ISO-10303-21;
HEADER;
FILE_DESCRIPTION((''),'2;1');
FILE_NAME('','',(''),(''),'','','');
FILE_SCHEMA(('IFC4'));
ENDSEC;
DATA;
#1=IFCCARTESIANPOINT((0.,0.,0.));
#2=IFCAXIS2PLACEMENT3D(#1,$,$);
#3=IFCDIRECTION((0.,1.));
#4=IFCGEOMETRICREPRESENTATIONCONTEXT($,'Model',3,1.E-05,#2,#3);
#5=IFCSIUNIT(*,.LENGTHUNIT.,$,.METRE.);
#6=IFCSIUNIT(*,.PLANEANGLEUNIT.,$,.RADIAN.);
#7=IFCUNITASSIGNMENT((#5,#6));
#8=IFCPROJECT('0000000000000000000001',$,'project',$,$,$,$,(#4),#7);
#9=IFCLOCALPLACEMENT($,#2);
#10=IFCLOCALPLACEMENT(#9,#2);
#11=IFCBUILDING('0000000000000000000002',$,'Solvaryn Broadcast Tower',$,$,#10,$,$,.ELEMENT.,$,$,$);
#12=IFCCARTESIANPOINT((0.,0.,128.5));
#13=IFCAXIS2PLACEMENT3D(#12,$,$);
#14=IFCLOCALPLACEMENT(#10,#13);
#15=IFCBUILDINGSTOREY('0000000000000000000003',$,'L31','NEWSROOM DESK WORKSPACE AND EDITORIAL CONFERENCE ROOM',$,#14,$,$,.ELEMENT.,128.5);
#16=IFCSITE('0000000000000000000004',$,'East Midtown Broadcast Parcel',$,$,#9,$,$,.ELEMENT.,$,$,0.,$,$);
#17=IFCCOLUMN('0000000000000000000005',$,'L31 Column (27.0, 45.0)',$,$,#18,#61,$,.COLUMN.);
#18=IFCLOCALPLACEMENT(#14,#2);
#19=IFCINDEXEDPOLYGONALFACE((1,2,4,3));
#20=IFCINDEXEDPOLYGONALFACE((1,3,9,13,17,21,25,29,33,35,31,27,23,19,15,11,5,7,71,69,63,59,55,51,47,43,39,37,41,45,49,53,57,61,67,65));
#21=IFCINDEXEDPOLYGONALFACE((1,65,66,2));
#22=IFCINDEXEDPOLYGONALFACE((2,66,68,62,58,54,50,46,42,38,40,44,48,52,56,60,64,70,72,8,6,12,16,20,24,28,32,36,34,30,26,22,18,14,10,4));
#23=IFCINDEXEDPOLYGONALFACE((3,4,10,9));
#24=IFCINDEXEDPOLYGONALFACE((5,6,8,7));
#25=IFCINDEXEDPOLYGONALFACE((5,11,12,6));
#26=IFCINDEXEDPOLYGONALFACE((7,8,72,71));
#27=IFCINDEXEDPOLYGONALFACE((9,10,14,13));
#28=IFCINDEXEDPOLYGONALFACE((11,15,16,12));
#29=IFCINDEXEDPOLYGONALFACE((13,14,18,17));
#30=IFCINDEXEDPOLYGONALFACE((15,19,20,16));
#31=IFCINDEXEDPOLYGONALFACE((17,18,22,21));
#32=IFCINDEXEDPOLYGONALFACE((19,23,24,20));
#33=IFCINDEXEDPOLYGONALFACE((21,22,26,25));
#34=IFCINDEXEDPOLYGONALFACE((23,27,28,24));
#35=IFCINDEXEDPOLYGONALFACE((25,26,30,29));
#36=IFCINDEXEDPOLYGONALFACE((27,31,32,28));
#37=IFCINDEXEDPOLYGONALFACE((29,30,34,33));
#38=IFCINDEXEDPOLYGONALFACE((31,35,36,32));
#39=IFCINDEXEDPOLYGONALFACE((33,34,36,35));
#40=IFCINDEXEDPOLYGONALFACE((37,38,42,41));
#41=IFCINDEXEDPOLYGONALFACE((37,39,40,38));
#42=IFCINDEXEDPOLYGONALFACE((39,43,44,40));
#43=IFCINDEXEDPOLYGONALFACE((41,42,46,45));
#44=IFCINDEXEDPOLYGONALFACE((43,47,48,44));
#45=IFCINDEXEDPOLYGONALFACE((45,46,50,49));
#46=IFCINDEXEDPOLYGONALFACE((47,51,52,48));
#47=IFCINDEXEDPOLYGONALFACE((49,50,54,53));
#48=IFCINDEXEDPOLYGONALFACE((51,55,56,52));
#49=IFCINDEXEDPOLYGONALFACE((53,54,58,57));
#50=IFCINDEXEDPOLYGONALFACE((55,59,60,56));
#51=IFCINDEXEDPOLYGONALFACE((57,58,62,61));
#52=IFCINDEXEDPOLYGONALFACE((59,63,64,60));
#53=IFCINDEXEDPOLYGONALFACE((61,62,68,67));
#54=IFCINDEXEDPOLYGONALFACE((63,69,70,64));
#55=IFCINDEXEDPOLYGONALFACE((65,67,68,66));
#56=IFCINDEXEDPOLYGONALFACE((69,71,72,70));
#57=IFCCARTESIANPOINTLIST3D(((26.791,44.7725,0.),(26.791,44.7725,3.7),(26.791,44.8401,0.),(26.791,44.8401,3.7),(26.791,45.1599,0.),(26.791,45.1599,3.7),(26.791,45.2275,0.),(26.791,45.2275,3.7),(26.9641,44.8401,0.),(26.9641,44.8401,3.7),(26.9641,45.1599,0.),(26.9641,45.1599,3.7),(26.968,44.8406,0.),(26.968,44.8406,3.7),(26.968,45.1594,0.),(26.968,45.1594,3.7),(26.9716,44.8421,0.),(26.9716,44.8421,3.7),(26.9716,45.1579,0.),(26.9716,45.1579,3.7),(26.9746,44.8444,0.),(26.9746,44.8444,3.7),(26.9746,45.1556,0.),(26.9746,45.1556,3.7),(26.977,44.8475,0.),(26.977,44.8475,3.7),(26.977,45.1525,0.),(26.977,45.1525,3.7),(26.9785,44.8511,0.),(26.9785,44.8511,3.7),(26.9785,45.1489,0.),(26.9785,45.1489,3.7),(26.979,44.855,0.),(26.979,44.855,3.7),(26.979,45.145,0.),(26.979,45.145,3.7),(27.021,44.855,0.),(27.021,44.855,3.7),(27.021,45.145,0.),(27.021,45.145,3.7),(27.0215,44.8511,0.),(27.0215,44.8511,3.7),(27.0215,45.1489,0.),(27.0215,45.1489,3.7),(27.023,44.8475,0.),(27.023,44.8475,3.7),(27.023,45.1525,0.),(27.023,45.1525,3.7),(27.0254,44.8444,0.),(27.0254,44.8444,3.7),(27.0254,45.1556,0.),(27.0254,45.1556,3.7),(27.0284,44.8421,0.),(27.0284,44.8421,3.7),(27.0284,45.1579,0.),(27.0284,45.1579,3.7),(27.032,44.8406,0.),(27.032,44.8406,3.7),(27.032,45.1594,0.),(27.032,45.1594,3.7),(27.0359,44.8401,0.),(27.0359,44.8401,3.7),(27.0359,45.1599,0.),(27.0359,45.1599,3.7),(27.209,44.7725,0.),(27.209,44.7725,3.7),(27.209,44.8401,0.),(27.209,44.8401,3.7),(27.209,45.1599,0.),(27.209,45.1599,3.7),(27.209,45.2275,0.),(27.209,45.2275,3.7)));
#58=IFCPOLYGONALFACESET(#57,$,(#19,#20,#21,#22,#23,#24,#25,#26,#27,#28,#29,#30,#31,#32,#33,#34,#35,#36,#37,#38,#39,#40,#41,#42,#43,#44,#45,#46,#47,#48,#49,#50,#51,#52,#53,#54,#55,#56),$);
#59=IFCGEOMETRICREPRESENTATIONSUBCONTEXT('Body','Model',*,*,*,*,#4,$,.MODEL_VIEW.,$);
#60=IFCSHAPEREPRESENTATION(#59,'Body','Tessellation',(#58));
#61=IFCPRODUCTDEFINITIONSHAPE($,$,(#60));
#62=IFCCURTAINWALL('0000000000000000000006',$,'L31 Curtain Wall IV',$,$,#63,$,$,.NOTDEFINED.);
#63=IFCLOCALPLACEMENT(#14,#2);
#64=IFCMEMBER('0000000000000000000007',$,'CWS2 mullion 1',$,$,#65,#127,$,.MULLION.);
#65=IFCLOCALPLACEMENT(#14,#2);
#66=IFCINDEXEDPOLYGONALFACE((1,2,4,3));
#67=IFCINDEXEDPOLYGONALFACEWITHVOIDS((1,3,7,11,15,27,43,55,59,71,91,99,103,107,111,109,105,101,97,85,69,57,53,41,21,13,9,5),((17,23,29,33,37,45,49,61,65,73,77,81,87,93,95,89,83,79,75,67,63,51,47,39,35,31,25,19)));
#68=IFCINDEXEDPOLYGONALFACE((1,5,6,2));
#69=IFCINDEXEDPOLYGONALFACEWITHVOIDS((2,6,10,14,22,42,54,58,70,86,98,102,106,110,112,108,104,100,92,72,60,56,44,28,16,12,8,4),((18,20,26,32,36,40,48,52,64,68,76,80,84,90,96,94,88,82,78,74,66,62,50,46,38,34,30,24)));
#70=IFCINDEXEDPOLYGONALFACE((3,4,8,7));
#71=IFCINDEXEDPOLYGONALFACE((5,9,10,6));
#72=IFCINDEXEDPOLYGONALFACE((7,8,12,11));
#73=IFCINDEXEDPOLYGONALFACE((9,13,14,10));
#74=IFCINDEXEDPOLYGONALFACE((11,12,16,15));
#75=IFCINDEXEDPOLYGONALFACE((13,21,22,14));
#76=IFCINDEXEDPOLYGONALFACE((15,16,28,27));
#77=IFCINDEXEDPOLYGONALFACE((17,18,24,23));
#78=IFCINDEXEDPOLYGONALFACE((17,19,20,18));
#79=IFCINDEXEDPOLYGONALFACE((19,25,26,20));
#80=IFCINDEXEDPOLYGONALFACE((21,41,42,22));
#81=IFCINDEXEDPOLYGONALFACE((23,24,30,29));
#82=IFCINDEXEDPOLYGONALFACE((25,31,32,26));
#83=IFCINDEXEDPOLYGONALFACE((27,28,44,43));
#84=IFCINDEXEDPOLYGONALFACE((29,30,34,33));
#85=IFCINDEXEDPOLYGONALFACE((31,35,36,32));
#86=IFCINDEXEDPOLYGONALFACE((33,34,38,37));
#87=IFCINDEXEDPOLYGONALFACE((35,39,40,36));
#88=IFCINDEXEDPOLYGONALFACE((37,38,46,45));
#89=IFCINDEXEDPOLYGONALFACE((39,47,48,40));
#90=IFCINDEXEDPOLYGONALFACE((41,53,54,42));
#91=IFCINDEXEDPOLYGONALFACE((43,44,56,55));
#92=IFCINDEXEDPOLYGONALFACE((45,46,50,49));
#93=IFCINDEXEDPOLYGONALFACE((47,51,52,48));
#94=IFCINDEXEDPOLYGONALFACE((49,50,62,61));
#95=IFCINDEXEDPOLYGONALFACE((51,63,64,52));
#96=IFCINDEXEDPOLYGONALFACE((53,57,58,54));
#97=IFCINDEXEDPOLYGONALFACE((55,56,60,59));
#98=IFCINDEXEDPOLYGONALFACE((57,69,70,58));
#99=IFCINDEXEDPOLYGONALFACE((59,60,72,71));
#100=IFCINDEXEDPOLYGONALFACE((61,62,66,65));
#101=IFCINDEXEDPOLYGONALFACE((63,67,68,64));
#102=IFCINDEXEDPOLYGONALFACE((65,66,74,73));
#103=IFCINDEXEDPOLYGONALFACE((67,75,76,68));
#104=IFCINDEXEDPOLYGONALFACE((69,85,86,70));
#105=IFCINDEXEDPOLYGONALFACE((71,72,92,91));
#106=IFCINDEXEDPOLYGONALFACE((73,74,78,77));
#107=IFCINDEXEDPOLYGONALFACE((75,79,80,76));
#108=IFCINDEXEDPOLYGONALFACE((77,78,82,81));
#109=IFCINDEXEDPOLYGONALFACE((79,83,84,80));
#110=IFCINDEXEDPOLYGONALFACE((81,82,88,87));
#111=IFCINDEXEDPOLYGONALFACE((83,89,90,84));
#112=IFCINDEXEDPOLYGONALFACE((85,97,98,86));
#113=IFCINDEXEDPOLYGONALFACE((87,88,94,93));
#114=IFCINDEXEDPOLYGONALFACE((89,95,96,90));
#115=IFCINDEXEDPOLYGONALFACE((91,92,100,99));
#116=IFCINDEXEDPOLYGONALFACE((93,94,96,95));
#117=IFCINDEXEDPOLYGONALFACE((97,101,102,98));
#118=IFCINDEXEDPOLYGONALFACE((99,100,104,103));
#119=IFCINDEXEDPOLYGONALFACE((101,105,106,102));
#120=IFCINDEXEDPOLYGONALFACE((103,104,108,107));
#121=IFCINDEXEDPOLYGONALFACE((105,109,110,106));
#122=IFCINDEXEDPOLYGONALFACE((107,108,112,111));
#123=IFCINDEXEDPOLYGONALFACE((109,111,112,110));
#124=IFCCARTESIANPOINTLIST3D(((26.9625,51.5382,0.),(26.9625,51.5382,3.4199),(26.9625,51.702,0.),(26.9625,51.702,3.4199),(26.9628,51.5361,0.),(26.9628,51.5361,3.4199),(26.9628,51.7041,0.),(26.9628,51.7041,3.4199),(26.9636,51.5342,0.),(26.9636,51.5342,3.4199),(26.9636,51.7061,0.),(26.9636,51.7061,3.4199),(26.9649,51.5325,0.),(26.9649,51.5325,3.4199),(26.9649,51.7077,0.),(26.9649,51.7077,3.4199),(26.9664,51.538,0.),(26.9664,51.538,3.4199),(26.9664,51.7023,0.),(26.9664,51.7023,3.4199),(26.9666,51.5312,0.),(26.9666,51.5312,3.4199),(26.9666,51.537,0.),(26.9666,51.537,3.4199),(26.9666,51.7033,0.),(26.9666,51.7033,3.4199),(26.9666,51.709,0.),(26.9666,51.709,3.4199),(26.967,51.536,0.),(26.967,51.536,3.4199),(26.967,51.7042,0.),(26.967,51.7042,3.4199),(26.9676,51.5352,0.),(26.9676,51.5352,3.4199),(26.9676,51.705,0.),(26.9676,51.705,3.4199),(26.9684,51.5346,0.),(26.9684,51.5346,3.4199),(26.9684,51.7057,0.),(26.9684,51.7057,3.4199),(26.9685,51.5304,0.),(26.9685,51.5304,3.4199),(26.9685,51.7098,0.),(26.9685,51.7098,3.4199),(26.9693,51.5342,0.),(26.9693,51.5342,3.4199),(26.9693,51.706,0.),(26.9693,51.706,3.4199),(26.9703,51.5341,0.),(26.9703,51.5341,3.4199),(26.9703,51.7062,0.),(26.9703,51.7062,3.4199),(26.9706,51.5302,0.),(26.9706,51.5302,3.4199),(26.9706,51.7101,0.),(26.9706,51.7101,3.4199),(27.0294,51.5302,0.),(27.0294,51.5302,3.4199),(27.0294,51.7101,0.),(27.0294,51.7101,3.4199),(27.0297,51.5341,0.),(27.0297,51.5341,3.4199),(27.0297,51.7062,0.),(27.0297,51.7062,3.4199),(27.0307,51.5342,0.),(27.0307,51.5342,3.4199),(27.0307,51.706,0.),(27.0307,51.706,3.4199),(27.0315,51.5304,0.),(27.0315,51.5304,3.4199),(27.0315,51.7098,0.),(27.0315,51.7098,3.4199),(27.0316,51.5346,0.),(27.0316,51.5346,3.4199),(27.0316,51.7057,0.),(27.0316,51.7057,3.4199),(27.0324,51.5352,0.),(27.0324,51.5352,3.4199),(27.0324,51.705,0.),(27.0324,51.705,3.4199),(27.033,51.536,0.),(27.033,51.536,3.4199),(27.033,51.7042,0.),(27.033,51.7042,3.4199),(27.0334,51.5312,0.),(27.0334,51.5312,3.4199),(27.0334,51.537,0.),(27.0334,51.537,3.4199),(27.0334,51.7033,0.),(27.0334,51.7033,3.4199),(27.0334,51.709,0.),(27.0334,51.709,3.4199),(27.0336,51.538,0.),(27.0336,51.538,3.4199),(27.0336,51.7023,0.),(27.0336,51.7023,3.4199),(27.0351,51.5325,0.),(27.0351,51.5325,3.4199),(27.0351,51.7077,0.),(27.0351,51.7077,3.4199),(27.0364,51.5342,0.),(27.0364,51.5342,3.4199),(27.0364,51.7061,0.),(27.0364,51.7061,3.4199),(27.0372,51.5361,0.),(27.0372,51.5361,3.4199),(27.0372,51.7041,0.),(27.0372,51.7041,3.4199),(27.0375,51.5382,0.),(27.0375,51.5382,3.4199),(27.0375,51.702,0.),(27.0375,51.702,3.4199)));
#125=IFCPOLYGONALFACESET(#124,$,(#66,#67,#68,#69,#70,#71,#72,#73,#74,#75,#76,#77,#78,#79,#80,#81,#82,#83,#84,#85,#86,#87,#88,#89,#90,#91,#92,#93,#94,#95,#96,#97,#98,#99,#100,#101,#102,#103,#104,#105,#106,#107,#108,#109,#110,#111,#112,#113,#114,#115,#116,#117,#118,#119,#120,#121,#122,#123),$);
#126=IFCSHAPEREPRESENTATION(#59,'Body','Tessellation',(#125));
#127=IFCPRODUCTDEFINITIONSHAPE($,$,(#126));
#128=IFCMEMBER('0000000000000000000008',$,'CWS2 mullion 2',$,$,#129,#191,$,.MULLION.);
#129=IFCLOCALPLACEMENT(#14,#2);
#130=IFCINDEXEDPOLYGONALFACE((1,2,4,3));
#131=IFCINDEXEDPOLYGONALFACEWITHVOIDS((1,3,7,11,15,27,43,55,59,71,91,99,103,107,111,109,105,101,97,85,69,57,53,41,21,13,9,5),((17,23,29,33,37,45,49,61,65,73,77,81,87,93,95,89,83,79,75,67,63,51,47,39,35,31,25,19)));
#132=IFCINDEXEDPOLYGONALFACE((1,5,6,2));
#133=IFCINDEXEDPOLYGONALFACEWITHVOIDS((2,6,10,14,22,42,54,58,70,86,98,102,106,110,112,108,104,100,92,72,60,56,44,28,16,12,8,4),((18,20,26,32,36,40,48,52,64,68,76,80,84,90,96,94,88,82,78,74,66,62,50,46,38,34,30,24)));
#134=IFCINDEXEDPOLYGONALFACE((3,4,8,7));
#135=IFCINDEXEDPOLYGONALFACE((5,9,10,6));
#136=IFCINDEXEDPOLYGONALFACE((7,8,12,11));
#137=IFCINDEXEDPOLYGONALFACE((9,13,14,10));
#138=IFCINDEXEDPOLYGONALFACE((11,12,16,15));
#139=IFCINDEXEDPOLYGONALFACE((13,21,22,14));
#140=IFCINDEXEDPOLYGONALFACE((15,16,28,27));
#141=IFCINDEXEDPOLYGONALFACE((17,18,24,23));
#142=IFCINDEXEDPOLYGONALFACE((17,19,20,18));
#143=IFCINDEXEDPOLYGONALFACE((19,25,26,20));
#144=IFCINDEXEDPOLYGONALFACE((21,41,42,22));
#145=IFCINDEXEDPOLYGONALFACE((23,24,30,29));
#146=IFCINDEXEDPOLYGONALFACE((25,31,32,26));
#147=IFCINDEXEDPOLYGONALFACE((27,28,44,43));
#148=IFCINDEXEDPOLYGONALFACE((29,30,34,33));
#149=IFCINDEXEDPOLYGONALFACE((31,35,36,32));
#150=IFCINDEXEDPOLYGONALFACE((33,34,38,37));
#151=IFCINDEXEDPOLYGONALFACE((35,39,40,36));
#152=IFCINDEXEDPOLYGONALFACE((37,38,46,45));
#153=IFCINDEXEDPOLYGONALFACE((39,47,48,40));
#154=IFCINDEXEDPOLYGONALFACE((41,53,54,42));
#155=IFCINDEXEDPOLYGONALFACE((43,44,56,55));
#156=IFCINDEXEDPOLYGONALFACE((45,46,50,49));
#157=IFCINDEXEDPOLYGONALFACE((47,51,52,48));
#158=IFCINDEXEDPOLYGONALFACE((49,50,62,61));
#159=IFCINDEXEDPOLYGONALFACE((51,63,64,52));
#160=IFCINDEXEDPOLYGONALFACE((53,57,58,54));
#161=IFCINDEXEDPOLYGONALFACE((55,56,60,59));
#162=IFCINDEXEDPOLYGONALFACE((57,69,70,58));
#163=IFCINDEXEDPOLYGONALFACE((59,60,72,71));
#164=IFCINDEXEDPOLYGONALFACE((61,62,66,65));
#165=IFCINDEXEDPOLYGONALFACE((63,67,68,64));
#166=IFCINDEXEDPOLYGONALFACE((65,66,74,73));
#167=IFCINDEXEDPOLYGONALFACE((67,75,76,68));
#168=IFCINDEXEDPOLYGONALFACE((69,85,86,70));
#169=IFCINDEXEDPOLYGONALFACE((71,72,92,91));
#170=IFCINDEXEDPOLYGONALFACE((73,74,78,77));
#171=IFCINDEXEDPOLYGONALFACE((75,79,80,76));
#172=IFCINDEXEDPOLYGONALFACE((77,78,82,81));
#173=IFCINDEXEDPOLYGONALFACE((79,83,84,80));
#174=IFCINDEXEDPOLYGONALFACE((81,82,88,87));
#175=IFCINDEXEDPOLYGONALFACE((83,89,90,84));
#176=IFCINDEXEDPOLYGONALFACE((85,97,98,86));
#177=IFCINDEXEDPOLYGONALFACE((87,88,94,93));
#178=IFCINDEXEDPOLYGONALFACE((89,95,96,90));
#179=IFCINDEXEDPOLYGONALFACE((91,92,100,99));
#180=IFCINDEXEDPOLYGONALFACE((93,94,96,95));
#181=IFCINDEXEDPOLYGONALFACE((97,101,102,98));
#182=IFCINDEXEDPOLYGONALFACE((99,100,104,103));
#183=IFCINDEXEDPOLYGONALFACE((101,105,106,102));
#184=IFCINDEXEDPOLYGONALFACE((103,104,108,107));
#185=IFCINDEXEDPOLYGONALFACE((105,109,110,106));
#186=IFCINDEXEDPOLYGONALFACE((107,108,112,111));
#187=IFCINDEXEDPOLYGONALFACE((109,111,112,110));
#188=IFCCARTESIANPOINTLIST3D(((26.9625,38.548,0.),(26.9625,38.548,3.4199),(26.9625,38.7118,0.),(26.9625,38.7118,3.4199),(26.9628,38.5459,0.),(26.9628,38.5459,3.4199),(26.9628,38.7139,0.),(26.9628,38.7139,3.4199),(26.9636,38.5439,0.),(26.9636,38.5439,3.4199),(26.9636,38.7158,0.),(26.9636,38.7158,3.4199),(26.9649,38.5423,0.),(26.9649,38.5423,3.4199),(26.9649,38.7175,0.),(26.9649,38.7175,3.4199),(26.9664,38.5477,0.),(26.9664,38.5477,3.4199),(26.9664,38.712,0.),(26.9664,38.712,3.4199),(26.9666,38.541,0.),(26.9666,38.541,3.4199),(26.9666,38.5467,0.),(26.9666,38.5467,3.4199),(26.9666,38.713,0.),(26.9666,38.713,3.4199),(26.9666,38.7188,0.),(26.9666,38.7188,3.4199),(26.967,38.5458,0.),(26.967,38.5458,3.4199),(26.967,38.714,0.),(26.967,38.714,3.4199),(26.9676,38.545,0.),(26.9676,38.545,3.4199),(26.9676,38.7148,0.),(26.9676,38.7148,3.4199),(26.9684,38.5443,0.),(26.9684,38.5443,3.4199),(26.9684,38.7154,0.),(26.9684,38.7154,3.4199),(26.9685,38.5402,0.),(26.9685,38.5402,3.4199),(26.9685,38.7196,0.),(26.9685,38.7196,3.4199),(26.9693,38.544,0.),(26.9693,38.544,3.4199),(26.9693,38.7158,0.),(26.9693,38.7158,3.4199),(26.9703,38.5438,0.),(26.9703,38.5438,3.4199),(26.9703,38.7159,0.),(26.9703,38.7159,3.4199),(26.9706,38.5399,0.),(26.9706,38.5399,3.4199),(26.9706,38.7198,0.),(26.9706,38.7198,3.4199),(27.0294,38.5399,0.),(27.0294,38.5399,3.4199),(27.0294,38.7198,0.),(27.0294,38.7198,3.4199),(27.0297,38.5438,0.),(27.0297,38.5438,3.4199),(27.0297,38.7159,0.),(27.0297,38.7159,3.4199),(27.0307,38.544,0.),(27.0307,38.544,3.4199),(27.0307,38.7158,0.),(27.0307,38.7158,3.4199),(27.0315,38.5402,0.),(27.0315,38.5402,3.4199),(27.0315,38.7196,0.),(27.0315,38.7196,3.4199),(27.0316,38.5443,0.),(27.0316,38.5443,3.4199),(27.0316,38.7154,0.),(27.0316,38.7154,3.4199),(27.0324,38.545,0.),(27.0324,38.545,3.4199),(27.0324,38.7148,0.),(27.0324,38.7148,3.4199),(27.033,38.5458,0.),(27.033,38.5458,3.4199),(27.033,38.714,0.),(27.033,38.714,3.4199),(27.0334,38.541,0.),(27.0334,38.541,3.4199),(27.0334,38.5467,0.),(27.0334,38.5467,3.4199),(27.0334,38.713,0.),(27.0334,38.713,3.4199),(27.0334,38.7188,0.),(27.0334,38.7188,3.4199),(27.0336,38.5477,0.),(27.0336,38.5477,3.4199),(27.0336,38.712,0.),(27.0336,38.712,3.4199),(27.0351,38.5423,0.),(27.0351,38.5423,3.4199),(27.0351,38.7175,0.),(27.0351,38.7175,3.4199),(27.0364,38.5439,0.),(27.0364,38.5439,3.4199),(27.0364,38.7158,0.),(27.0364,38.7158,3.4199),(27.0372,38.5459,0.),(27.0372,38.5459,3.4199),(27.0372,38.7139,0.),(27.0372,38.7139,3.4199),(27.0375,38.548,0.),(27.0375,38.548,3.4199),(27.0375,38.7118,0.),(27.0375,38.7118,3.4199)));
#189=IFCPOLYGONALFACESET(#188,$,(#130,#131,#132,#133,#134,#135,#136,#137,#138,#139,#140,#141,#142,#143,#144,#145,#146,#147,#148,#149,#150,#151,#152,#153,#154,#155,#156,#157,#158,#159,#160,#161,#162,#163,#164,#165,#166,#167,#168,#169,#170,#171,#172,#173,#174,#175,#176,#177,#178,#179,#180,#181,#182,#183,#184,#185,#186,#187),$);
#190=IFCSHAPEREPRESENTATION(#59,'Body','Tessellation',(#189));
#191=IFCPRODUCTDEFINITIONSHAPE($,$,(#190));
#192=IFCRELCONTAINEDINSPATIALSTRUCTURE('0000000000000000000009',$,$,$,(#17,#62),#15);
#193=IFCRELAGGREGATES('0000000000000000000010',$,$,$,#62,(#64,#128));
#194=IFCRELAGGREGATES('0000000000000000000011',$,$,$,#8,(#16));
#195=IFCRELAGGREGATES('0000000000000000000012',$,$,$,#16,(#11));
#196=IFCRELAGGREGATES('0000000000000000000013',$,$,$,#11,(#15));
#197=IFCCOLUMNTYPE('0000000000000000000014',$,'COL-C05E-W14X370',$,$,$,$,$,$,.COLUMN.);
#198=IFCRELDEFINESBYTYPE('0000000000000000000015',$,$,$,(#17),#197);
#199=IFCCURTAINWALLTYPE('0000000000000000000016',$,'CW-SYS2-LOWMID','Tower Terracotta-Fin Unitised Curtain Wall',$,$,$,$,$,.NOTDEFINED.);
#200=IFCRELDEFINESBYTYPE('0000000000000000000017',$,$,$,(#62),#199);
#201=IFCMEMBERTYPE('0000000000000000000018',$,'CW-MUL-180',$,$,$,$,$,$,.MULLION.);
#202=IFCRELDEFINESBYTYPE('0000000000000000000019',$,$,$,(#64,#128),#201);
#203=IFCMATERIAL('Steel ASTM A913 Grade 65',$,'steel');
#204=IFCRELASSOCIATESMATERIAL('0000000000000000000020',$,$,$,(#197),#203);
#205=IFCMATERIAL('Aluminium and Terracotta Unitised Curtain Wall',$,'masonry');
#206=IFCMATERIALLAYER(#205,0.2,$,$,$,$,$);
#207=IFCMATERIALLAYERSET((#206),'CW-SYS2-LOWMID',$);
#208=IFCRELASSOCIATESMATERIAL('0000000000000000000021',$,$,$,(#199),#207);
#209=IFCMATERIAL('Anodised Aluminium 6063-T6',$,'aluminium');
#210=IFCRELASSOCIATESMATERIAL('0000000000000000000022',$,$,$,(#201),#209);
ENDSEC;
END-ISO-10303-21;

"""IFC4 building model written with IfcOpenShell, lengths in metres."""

from ifc_helpers import new_model, si_unit, direction, frame, origin, origin_2d, place, context, subcontext, project, spatial, hollow_rectangle, i_section, extrude, material, layer, layer_set, material_profile, profile_set, type_object, element, aggregate, save


model = new_model("IFC4")

# Units and contexts
model_context = context("Model", 3, precision=1e-05, world=origin(), true_north=direction((0.0, 1.0)))
body_context = subcontext(model_context, "Body", "Model", "MODEL_VIEW")
ifc_project = project(units=[si_unit("LENGTHUNIT", "METRE"), si_unit("PLANEANGLEUNIT", "RADIAN")], contexts=[model_context])

# Site, building, storey
site_placement = place(None, origin())
site = spatial("IfcSite", under=ifc_project, at=site_placement, Name="East Midtown Broadcast Parcel", CompositionType="ELEMENT", RefElevation=0.0)
building_placement = place(site_placement, origin())
building = spatial("IfcBuilding", under=site, at=building_placement, Name="Solvaryn Broadcast Tower", CompositionType="ELEMENT")
storey_placement = place(building_placement, frame((0.0, 0.0, 128.5)))
storey = spatial("IfcBuildingStorey", under=building, at=storey_placement, Name="L31", Description="NEWSROOM DESK WORKSPACE AND EDITORIAL CONFERENCE ROOM", CompositionType="ELEMENT", Elevation=128.5)

# Column
ifc_material_1 = material(Name="Steel ASTM A913 Grade 65", Category="steel")
ifc_material_profile_1 = material_profile(ifc_material_1, i_section(OverallWidth=0.418, OverallDepth=0.4551, WebThickness=0.042, FlangeThickness=0.0676, FilletRadius=0.0149, at=origin_2d()))
ifc_profile_set_1 = profile_set([ifc_material_profile_1], Name="Steel ASTM A913 Grade 65")
column_type = type_object("IfcColumnType", Name="COL-C05E-W14X370", PredefinedType="COLUMN", material=ifc_profile_set_1)
column_placement = place(storey_placement, frame((27.0, 45.0, 0.0), z_axis=(0.0, 0.0, 1.0), x_axis=(1.0, 0.0, 0.0)))
element("IfcColumn", 1, at=column_placement, inside=storey, type_object=column_type, Name="L31 Column (27.0, 45.0)", PredefinedType="COLUMN", context=body_context, shape_type="SweptSolid", body=[
    extrude(i_section(OverallWidth=0.418, OverallDepth=0.4551, WebThickness=0.042, FlangeThickness=0.0676, FilletRadius=0.0149, at=origin_2d()), origin(), (0.0, 0.0, 1.0), 3.7),
])

# Curtain wall, members
ifc_material_2 = material(Name="Aluminium and Terracotta Unitised Curtain Wall", Category="masonry")
ifc_layer_1 = layer(ifc_material_2, 0.2)
ifc_layer_set_1 = layer_set([ifc_layer_1], Name="CW-SYS2-LOWMID")
curtain_wall_type = type_object("IfcCurtainWallType", Name="CW-SYS2-LOWMID", Description="Tower Terracotta-Fin Unitised Curtain Wall", PredefinedType="NOTDEFINED", material=ifc_layer_set_1)
curtain_wall_1_placement = place(storey_placement, origin())
curtain_wall_1 = element("IfcCurtainWall", 2, at=curtain_wall_1_placement, inside=storey, type_object=curtain_wall_type, Name="L31 Curtain Wall IV", PredefinedType="NOTDEFINED")
ifc_material_3 = material(Name="Anodised Aluminium 6063-T6", Category="aluminium")
ifc_material_profile_2 = material_profile(ifc_material_3, hollow_rectangle(XDim=0.075, YDim=0.1799, WallThickness=0.0039, InnerFilletRadius=0.0039, OuterFilletRadius=0.0081, at=origin_2d()))
ifc_profile_set_2 = profile_set([ifc_material_profile_2], Name="Anodised Aluminium 6063-T6")
member_type_1 = type_object("IfcMemberType", Name="CW-MUL-180", PredefinedType="MULLION", material=ifc_profile_set_2)
member_1_placement = place(storey_placement, frame((27.0, 51.6201, 0.0), z_axis=(0.0, 0.0, 1.0), x_axis=(1.0, 0.0, 0.0)))
member_1 = element("IfcMember", 3, at=member_1_placement, type_object=member_type_1, Name="CWS2 mullion 1", PredefinedType="MULLION", context=body_context, shape_type="SweptSolid", body=[
    extrude(hollow_rectangle(XDim=0.075, YDim=0.1799, WallThickness=0.0039, InnerFilletRadius=0.0039, OuterFilletRadius=0.0081, at=origin_2d()), origin(), (0.0, 0.0, 1.0), 3.4199),
])
member_2_placement = place(storey_placement, frame((27.0, 38.6299, 0.0), z_axis=(0.0, 0.0, 1.0), x_axis=(1.0, 0.0, 0.0)))
member_2 = element("IfcMember", 4, at=member_2_placement, type_object=member_type_1, Name="CWS2 mullion 2", PredefinedType="MULLION", context=body_context, shape_type="SweptSolid", body=[
    extrude(hollow_rectangle(XDim=0.075, YDim=0.1799, WallThickness=0.0039, InnerFilletRadius=0.0039, OuterFilletRadius=0.0081, at=origin_2d()), origin(), (0.0, 0.0, 1.0), 3.4199),
])

aggregate(curtain_wall_1, [member_1, member_2])

save(model, "model.ifc")
